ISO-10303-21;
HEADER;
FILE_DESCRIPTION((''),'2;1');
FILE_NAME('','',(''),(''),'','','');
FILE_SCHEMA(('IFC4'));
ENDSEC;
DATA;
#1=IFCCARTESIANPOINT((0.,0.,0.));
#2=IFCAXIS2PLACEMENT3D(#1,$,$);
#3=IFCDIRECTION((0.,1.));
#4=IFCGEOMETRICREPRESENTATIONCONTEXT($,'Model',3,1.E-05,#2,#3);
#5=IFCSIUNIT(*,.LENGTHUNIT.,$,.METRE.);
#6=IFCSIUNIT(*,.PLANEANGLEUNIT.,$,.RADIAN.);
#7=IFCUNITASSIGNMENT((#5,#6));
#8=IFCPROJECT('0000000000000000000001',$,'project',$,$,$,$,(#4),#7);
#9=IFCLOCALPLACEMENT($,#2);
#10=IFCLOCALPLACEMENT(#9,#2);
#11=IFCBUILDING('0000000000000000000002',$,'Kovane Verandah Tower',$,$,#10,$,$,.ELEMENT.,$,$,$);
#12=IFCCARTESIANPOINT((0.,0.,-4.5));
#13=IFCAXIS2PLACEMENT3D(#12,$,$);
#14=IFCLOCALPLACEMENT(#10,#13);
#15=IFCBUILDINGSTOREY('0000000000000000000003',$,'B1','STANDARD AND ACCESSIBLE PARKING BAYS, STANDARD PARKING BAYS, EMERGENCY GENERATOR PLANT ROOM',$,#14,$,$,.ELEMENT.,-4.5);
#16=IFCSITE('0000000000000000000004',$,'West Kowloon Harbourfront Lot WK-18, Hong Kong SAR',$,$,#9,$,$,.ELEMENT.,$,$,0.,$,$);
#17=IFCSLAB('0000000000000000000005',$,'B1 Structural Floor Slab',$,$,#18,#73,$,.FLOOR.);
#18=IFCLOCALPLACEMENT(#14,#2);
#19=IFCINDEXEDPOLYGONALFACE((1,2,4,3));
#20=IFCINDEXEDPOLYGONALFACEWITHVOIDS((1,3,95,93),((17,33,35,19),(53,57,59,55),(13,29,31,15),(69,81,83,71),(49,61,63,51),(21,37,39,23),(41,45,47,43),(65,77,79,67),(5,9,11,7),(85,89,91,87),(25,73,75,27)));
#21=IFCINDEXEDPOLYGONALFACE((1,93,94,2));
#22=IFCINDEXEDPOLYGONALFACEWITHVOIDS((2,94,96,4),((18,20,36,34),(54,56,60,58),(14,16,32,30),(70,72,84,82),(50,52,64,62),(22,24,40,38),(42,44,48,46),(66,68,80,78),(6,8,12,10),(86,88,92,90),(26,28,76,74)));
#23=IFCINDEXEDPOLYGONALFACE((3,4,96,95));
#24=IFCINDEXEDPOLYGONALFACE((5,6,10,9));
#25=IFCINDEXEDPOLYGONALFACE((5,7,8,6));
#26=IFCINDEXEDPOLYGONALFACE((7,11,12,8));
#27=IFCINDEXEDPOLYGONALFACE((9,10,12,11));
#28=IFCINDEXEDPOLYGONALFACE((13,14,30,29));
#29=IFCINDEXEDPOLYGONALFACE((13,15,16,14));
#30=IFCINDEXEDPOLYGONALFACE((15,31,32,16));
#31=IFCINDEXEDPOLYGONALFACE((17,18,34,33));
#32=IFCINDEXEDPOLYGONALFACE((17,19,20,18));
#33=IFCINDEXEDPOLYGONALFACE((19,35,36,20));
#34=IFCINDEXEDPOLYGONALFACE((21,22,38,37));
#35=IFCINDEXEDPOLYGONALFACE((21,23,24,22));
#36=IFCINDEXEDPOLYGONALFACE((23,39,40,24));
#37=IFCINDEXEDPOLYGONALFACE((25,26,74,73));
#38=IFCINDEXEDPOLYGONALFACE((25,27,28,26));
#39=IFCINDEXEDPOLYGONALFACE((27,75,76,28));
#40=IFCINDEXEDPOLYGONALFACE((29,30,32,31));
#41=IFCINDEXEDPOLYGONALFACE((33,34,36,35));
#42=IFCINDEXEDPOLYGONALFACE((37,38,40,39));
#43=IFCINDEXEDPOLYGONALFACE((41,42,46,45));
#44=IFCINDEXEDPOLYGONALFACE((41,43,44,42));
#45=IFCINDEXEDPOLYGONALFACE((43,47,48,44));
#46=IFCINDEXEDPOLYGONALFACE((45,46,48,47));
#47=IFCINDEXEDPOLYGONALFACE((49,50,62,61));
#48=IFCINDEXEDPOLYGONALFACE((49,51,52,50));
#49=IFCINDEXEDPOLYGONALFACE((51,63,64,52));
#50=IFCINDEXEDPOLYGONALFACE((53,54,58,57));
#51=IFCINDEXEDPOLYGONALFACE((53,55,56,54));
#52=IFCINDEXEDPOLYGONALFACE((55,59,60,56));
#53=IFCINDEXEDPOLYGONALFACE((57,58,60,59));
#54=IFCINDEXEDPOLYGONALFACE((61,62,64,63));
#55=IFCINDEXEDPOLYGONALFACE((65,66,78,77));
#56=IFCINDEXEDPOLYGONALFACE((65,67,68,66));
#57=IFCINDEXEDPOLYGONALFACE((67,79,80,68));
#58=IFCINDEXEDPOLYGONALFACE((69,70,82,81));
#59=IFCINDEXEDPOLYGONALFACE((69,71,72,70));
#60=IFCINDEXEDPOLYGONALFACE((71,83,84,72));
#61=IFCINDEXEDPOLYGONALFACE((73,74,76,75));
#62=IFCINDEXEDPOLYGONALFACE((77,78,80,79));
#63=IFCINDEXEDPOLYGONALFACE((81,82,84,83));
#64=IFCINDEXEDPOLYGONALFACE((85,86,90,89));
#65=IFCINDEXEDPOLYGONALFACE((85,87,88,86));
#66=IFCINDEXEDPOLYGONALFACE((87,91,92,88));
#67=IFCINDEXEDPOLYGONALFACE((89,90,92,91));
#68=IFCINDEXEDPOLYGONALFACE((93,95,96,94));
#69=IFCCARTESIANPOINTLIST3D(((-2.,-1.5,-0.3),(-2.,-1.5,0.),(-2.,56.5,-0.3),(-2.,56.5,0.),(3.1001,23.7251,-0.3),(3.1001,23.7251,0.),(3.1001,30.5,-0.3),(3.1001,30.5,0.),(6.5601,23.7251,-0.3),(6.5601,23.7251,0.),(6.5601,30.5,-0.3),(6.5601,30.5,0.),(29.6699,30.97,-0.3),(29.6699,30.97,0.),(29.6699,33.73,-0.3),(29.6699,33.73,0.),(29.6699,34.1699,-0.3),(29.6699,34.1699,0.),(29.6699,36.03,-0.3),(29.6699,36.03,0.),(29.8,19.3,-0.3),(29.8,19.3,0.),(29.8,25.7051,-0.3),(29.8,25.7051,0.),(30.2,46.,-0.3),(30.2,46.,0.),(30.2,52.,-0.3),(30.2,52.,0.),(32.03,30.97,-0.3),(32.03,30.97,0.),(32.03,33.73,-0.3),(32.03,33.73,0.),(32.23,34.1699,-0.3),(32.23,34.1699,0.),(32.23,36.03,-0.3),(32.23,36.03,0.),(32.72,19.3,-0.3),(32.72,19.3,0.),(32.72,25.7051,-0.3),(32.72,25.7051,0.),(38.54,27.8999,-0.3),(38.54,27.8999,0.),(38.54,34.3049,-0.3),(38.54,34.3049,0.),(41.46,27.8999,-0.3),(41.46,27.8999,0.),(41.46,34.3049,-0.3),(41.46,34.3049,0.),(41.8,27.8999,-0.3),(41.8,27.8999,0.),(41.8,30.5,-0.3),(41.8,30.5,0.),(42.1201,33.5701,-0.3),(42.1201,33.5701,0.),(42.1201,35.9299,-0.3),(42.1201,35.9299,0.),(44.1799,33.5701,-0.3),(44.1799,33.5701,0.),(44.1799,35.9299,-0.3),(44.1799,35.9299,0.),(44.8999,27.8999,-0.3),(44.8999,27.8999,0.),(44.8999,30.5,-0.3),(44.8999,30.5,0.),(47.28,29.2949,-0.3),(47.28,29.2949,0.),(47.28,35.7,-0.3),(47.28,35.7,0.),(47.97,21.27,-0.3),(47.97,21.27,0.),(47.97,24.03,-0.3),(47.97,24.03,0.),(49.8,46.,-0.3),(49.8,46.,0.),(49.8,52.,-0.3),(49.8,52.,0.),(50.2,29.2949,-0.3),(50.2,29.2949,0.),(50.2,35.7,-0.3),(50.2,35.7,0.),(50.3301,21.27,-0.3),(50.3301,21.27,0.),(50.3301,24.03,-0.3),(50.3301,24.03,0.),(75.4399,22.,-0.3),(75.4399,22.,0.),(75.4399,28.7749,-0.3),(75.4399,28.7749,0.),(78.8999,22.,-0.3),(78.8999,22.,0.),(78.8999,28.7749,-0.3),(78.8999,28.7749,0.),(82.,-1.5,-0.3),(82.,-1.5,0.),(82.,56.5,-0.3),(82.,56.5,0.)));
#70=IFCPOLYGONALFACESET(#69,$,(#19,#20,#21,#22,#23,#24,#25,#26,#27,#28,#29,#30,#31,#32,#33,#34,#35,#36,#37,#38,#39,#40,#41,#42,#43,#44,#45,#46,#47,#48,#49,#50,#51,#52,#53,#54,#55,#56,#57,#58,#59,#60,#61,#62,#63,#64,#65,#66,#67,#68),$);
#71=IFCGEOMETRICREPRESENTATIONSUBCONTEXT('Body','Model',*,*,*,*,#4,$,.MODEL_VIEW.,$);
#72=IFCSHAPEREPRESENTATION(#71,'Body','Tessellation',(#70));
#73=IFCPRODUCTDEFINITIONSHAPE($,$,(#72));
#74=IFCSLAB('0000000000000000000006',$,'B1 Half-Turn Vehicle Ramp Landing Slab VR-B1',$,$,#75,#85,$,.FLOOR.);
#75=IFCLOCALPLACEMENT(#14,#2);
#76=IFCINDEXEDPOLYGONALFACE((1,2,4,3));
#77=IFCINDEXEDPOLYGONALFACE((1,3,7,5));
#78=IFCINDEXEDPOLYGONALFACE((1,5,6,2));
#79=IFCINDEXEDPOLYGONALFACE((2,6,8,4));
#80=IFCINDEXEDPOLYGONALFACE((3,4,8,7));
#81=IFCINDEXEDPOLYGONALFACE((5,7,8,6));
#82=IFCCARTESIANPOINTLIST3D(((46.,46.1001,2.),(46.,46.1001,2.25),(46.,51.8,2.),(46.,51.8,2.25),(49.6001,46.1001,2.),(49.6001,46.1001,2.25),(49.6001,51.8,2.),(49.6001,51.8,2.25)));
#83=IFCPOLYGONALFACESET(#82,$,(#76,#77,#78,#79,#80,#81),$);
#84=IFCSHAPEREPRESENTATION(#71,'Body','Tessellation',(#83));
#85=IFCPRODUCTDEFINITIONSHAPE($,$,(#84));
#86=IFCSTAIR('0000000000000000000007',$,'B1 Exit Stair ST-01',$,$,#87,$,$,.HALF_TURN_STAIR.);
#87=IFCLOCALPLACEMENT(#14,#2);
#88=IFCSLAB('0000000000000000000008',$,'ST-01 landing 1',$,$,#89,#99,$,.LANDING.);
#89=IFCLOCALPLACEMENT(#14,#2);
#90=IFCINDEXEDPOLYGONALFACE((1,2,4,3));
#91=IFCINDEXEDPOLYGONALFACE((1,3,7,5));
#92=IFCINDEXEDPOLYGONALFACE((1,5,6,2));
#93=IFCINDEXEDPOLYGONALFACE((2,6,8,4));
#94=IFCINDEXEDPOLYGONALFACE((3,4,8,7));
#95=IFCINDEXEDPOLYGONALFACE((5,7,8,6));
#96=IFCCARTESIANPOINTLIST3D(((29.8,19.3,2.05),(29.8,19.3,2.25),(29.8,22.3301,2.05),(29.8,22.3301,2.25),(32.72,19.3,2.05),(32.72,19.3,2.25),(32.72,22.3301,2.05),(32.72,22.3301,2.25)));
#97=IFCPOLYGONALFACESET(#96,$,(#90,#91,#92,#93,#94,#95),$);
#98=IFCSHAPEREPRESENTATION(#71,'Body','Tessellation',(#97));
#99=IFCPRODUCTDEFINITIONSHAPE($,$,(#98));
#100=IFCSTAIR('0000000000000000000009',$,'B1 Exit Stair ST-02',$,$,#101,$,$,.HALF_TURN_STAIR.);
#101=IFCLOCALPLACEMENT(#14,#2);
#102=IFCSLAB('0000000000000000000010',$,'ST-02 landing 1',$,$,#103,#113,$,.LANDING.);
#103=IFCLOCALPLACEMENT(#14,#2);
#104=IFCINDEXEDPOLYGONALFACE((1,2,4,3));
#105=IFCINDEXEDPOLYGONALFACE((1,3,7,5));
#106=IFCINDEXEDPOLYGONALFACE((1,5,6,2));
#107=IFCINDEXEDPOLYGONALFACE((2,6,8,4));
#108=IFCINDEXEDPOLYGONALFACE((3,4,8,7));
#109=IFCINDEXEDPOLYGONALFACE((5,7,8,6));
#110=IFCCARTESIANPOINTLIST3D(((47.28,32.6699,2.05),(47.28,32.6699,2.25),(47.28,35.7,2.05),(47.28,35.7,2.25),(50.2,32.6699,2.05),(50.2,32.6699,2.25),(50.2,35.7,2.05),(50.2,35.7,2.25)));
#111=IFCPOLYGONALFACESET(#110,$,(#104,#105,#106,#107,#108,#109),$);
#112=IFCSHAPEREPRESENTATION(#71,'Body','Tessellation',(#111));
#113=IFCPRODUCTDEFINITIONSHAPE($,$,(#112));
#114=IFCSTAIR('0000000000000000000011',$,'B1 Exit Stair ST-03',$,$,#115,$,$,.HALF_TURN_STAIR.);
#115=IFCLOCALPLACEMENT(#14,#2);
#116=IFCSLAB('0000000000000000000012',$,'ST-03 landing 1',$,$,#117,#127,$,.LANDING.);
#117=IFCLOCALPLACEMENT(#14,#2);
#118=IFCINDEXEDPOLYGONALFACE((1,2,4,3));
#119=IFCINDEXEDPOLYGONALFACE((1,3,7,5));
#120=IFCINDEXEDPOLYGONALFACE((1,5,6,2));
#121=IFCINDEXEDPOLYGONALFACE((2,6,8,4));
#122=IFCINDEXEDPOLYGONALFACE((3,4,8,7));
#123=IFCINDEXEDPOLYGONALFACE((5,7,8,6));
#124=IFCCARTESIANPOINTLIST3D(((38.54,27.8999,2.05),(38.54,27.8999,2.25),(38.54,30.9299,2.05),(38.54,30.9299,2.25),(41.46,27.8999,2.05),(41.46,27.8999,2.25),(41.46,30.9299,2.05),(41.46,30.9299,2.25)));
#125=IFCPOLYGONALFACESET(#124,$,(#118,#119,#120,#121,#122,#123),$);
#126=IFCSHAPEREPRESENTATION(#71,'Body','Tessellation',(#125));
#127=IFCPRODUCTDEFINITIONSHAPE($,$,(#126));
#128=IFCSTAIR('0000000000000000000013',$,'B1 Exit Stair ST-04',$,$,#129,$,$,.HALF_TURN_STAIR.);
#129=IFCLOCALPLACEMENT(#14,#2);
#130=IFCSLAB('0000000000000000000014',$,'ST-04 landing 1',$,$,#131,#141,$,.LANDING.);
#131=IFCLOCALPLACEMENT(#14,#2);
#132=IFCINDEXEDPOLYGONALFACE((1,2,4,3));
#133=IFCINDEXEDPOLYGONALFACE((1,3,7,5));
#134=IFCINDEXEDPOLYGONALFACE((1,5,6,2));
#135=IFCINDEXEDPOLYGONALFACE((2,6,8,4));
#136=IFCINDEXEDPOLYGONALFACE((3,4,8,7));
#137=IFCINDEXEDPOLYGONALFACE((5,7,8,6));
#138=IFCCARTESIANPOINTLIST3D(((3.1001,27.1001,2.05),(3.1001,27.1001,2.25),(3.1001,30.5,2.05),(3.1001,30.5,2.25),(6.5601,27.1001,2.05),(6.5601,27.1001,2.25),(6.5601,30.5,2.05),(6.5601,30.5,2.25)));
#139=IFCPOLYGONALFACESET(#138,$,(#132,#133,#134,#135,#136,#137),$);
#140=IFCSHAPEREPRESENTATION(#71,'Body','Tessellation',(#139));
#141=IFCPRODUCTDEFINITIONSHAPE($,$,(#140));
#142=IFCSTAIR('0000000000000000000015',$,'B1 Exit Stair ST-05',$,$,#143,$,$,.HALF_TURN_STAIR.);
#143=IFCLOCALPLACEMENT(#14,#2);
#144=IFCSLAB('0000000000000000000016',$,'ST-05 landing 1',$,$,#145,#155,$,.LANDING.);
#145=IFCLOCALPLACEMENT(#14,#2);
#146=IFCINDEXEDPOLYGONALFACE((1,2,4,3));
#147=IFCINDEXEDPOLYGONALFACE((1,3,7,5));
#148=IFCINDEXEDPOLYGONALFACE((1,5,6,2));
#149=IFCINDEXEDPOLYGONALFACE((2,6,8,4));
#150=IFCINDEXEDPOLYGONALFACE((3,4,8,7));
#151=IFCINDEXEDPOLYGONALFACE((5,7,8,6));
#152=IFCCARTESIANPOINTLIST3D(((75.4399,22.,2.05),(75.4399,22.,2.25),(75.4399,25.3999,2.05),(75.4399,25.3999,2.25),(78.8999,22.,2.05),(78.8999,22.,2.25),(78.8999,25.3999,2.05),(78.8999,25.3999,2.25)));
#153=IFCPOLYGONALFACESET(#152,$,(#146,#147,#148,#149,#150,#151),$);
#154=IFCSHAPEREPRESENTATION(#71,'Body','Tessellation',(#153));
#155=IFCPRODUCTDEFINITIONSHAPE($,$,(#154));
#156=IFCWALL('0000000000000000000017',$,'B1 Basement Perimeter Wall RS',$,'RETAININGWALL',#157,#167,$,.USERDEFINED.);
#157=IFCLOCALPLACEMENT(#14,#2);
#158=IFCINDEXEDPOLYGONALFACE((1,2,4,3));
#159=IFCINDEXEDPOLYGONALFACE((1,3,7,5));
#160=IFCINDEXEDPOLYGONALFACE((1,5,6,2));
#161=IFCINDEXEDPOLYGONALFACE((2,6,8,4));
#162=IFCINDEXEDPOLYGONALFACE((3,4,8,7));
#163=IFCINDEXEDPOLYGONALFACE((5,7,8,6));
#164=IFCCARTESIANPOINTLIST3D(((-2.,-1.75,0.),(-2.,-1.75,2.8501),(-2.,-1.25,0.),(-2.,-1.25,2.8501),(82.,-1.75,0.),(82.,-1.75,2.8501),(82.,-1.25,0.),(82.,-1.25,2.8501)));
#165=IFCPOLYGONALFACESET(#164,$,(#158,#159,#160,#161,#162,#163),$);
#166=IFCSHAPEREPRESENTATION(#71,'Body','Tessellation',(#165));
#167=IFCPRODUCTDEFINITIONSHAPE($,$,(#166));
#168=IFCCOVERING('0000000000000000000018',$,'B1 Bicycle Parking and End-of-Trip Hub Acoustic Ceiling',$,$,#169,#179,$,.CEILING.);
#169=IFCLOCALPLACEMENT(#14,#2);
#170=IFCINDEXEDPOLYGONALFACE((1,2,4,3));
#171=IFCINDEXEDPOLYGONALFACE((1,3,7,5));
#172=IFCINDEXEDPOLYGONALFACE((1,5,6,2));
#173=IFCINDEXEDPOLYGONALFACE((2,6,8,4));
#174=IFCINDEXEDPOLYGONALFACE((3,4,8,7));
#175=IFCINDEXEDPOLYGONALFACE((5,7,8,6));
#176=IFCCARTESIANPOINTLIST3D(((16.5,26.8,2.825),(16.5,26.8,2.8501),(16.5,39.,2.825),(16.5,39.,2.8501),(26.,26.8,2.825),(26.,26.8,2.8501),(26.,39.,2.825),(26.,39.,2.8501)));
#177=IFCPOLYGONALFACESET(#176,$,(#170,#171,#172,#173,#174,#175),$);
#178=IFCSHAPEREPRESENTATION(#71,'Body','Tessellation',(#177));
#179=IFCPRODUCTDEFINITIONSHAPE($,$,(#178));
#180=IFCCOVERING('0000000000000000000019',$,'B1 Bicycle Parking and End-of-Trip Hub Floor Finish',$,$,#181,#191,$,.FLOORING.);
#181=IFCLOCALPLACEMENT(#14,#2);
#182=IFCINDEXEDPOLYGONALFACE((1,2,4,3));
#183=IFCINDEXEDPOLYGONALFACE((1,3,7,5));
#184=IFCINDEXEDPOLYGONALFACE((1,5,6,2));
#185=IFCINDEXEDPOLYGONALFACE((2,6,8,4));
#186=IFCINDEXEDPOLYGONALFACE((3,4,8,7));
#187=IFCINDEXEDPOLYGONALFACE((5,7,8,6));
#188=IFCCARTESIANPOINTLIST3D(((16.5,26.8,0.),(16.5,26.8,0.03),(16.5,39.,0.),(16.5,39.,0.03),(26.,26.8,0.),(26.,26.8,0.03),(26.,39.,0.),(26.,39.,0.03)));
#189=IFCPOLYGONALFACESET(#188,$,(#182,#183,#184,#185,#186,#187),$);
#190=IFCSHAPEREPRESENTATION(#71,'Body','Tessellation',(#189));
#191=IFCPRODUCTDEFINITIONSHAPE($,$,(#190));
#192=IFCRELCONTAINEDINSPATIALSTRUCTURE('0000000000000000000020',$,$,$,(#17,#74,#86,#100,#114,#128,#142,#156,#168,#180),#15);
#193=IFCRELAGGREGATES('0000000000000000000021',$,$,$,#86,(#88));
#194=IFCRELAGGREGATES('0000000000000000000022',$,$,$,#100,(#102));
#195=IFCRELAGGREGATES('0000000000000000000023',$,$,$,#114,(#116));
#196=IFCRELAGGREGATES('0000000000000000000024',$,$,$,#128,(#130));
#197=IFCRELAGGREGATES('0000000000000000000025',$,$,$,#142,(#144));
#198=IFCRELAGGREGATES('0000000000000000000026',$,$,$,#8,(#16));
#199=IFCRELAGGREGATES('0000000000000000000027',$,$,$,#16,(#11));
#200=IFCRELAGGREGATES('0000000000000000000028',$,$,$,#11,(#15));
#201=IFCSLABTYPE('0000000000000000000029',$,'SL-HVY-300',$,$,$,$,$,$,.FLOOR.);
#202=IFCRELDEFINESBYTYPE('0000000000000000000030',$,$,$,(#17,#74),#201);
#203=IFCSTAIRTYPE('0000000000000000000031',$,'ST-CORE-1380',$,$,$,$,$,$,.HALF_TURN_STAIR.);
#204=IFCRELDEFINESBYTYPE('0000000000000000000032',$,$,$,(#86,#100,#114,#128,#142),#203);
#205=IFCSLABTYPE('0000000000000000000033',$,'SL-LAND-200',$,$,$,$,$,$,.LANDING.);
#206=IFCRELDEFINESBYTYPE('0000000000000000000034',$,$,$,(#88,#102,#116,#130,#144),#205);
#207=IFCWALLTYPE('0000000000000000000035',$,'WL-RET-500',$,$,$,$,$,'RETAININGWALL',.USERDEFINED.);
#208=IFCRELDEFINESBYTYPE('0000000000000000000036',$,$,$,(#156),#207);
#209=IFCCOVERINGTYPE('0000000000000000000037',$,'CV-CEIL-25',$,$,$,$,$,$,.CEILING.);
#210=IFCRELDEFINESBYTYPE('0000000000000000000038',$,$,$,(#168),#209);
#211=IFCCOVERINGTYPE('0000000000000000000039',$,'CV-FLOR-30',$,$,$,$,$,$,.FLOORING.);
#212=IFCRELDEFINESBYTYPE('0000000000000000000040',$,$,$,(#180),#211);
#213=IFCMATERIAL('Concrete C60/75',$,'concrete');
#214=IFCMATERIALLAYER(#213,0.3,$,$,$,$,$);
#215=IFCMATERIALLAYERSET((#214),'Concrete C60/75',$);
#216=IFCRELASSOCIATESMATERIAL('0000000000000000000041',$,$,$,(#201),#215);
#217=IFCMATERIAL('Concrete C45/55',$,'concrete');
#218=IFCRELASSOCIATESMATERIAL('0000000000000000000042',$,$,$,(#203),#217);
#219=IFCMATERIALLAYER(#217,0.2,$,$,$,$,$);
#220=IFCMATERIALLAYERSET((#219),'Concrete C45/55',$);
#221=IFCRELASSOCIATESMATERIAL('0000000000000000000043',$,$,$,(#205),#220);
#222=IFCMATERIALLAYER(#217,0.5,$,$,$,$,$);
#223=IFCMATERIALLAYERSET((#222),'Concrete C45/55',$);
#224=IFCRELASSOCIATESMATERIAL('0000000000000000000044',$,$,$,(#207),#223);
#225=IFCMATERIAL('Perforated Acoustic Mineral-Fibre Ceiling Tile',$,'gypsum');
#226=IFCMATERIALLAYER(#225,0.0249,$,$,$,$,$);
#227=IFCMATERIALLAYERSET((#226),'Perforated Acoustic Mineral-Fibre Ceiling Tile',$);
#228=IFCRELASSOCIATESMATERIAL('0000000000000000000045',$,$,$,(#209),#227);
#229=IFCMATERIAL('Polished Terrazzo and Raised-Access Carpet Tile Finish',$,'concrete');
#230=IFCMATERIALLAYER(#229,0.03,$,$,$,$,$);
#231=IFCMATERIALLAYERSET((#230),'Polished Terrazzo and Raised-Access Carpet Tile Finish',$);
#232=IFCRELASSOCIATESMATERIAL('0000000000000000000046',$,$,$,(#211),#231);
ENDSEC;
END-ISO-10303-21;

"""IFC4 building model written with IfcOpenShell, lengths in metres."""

from ifc_helpers import new_model, si_unit, direction, frame, frame_2d, origin, place, context, subcontext, project, spatial, polyline, rectangle, outline, extrude, material, layer, layer_set, type_object, element, aggregate, save


model = new_model("IFC4")

# Units and contexts
model_context = context("Model", 3, precision=1e-05, world=origin(), true_north=direction((0.0, 1.0)))
body_context = subcontext(model_context, "Body", "Model", "MODEL_VIEW")
ifc_project = project(units=[si_unit("LENGTHUNIT", "METRE"), si_unit("PLANEANGLEUNIT", "RADIAN")], contexts=[model_context])

# Site, building, storey
site_placement = place(None, origin())
site = spatial("IfcSite", under=ifc_project, at=site_placement, Name="West Kowloon Harbourfront Lot WK-18, Hong Kong SAR", CompositionType="ELEMENT", RefElevation=0.0)
building_placement = place(site_placement, origin())
building = spatial("IfcBuilding", under=site, at=building_placement, Name="Kovane Verandah Tower", CompositionType="ELEMENT")
storey_placement = place(building_placement, frame((0.0, 0.0, -4.5)))
storey = spatial("IfcBuildingStorey", under=building, at=storey_placement, Name="B1", Description="STANDARD AND ACCESSIBLE PARKING BAYS, STANDARD PARKING BAYS, EMERGENCY GENERATOR PLANT ROOM", CompositionType="ELEMENT", Elevation=-4.5)

# Shared definitions
ifc_material_1 = material(Name="Concrete C60/75", Category="concrete")

# Shared definitions
ifc_material_2 = material(Name="Concrete C45/55", Category="concrete")

# Slabs
ifc_layer_1 = layer(ifc_material_1, 0.3)
ifc_layer_set_1 = layer_set([ifc_layer_1], Name="Concrete C60/75")
slab_type_1 = type_object("IfcSlabType", Name="SL-HVY-300", PredefinedType="FLOOR", material=ifc_layer_set_1)
slab_1_placement = place(storey_placement, frame((0.0, 0.0, -0.3)))
element("IfcSlab", 1, at=slab_1_placement, inside=storey, type_object=slab_type_1, Name="B1 Structural Floor Slab", PredefinedType="FLOOR", context=body_context, shape_type="SweptSolid", body=[
    extrude(outline(polyline([(-2.0, -1.5), (82.0, -1.5), (82.0, 56.5), (-2.0, 56.5), (-2.0, -1.5)]), holes=[polyline([(29.8, 19.3), (32.72, 19.3), (32.72, 25.7051), (29.8, 25.7051), (29.8, 19.3)]), polyline([(47.28, 29.2949), (50.2, 29.2949), (50.2, 35.7), (47.28, 35.7), (47.28, 29.2949)]), polyline([(38.54, 27.8999), (41.46, 27.8999), (41.46, 34.3049), (38.54, 34.3049), (38.54, 27.8999)]), polyline([(3.1001, 23.7251), (6.5601, 23.7251), (6.5601, 30.5), (3.1001, 30.5), (3.1001, 23.7251)]), polyline([(75.4399, 22.0), (78.8999, 22.0), (78.8999, 28.7749), (75.4399, 28.7749), (75.4399, 22.0)]), polyline([(29.6699, 30.97), (32.03, 30.97), (32.03, 33.73), (29.6699, 33.73), (29.6699, 30.97)]), polyline([(47.97, 21.27), (50.3301, 21.27), (50.3301, 24.03), (47.97, 24.03), (47.97, 21.27)]), polyline([(29.6699, 34.1699), (32.23, 34.1699), (32.23, 36.03), (29.6699, 36.03), (29.6699, 34.1699)]), polyline([(42.1201, 33.5701), (44.1799, 33.5701), (44.1799, 35.9299), (42.1201, 35.9299), (42.1201, 33.5701)]), polyline([(30.2, 46.0), (49.8, 46.0), (49.8, 52.0), (30.2, 52.0), (30.2, 46.0)]), polyline([(41.8, 27.8999), (44.8999, 27.8999), (44.8999, 30.5), (41.8, 30.5), (41.8, 27.8999)])]), origin(), (0.0, 0.0, 1.0), 0.3),
])
slab_2_placement = place(storey_placement, frame((0.0, 0.0, 2.0)))
element("IfcSlab", 2, at=slab_2_placement, inside=storey, type_object=slab_type_1, Name="B1 Half-Turn Vehicle Ramp Landing Slab VR-B1", PredefinedType="FLOOR", context=body_context, shape_type="SweptSolid", body=[
    extrude(outline(polyline([(46.0, 46.1001), (49.6001, 46.1001), (49.6001, 51.8), (46.0, 51.8), (46.0, 46.1001)])), origin(), (0.0, 0.0, 1.0), 0.25),
])

# Stairs, slabs
stair_type = type_object("IfcStairType", Name="ST-CORE-1380", PredefinedType="HALF_TURN_STAIR", material=ifc_material_2)
stair_1_placement = place(storey_placement, origin())
stair_1 = element("IfcStair", 3, at=stair_1_placement, inside=storey, type_object=stair_type, Name="B1 Exit Stair ST-01", PredefinedType="HALF_TURN_STAIR")
ifc_layer_2 = layer(ifc_material_2, 0.2)
ifc_layer_set_2 = layer_set([ifc_layer_2], Name="Concrete C45/55")
slab_type_2 = type_object("IfcSlabType", Name="SL-LAND-200", PredefinedType="LANDING", material=ifc_layer_set_2)
slab_3_placement = place(storey_placement, frame((0.0, 0.0, 2.05)))
slab_3 = element("IfcSlab", 4, at=slab_3_placement, type_object=slab_type_2, Name="ST-01 landing 1", PredefinedType="LANDING", context=body_context, shape_type="SweptSolid", body=[
    extrude(outline(polyline([(29.8, 22.3301), (29.8, 19.3), (32.72, 19.3), (32.72, 22.3301), (29.8, 22.3301)])), origin(), (0.0, 0.0, 1.0), 0.2),
])
aggregate(stair_1, [slab_3])
stair_2_placement = place(storey_placement, origin())
stair_2 = element("IfcStair", 5, at=stair_2_placement, inside=storey, type_object=stair_type, Name="B1 Exit Stair ST-02", PredefinedType="HALF_TURN_STAIR")
slab_4_placement = place(storey_placement, frame((0.0, 0.0, 2.05)))
slab_4 = element("IfcSlab", 6, at=slab_4_placement, type_object=slab_type_2, Name="ST-02 landing 1", PredefinedType="LANDING", context=body_context, shape_type="SweptSolid", body=[
    extrude(outline(polyline([(50.2, 32.6699), (50.2, 35.7), (47.28, 35.7), (47.28, 32.6699), (50.2, 32.6699)])), origin(), (0.0, 0.0, 1.0), 0.2),
])
aggregate(stair_2, [slab_4])
stair_3_placement = place(storey_placement, origin())
stair_3 = element("IfcStair", 7, at=stair_3_placement, inside=storey, type_object=stair_type, Name="B1 Exit Stair ST-03", PredefinedType="HALF_TURN_STAIR")
slab_5_placement = place(storey_placement, frame((0.0, 0.0, 2.05)))
slab_5 = element("IfcSlab", 8, at=slab_5_placement, type_object=slab_type_2, Name="ST-03 landing 1", PredefinedType="LANDING", context=body_context, shape_type="SweptSolid", body=[
    extrude(outline(polyline([(38.54, 30.9299), (38.54, 27.8999), (41.46, 27.8999), (41.46, 30.9299), (38.54, 30.9299)])), origin(), (0.0, 0.0, 1.0), 0.2),
])
aggregate(stair_3, [slab_5])
stair_4_placement = place(storey_placement, origin())
stair_4 = element("IfcStair", 9, at=stair_4_placement, inside=storey, type_object=stair_type, Name="B1 Exit Stair ST-04", PredefinedType="HALF_TURN_STAIR")
slab_6_placement = place(storey_placement, frame((0.0, 0.0, 2.05)))
slab_6 = element("IfcSlab", 10, at=slab_6_placement, type_object=slab_type_2, Name="ST-04 landing 1", PredefinedType="LANDING", context=body_context, shape_type="SweptSolid", body=[
    extrude(outline(polyline([(6.5601, 27.1001), (6.5601, 30.5), (3.1001, 30.5), (3.1001, 27.1001), (6.5601, 27.1001)])), origin(), (0.0, 0.0, 1.0), 0.2),
])
aggregate(stair_4, [slab_6])
stair_5_placement = place(storey_placement, origin())
stair_5 = element("IfcStair", 11, at=stair_5_placement, inside=storey, type_object=stair_type, Name="B1 Exit Stair ST-05", PredefinedType="HALF_TURN_STAIR")
slab_7_placement = place(storey_placement, frame((0.0, 0.0, 2.05)))
slab_7 = element("IfcSlab", 12, at=slab_7_placement, type_object=slab_type_2, Name="ST-05 landing 1", PredefinedType="LANDING", context=body_context, shape_type="SweptSolid", body=[
    extrude(outline(polyline([(75.4399, 25.3999), (75.4399, 22.0), (78.8999, 22.0), (78.8999, 25.3999), (75.4399, 25.3999)])), origin(), (0.0, 0.0, 1.0), 0.2),
])
aggregate(stair_5, [slab_7])

# Wall
ifc_layer_3 = layer(ifc_material_2, 0.5)
ifc_layer_set_3 = layer_set([ifc_layer_3], Name="Concrete C45/55")
wall_type = type_object("IfcWallType", Name="WL-RET-500", ElementType="RETAININGWALL", PredefinedType="USERDEFINED", material=ifc_layer_set_3)
wall_placement = place(storey_placement, frame((-2.0, -1.5, 0.0), z_axis=(0.0, 0.0, 1.0), x_axis=(1.0, 0.0, 0.0)))
element("IfcWall", 13, at=wall_placement, inside=storey, type_object=wall_type, Name="B1 Basement Perimeter Wall RS", ObjectType="RETAININGWALL", PredefinedType="USERDEFINED", context=body_context, shape_type="SweptSolid", body=[
    extrude(rectangle(XDim=84.0, YDim=0.5, at=frame_2d((42.0, 0.0))), origin(), (0.0, 0.0, 1.0), 2.8501),
])

# Coverings
ifc_material_3 = material(Name="Perforated Acoustic Mineral-Fibre Ceiling Tile", Category="gypsum")
ifc_layer_4 = layer(ifc_material_3, 0.0249)
ifc_layer_set_4 = layer_set([ifc_layer_4], Name="Perforated Acoustic Mineral-Fibre Ceiling Tile")
covering_type_1 = type_object("IfcCoveringType", Name="CV-CEIL-25", PredefinedType="CEILING", material=ifc_layer_set_4)
covering_1_placement = place(storey_placement, frame((0.0, 0.0, 2.825)))
element("IfcCovering", 14, at=covering_1_placement, inside=storey, type_object=covering_type_1, Name="B1 Bicycle Parking and End-of-Trip Hub Acoustic Ceiling", PredefinedType="CEILING", context=body_context, shape_type="SweptSolid", body=[
    extrude(outline(polyline([(16.5, 26.8), (26.0, 26.8), (26.0, 39.0), (16.5, 39.0), (16.5, 26.8)])), origin(), (0.0, 0.0, 1.0), 0.0251),
])
ifc_material_4 = material(Name="Polished Terrazzo and Raised-Access Carpet Tile Finish", Category="concrete")
ifc_layer_5 = layer(ifc_material_4, 0.03)
ifc_layer_set_5 = layer_set([ifc_layer_5], Name="Polished Terrazzo and Raised-Access Carpet Tile Finish")
covering_type_2 = type_object("IfcCoveringType", Name="CV-FLOR-30", PredefinedType="FLOORING", material=ifc_layer_set_5)
covering_2_placement = place(storey_placement, origin())
element("IfcCovering", 15, at=covering_2_placement, inside=storey, type_object=covering_type_2, Name="B1 Bicycle Parking and End-of-Trip Hub Floor Finish", PredefinedType="FLOORING", context=body_context, shape_type="SweptSolid", body=[
    extrude(outline(polyline([(16.5, 26.8), (26.0, 26.8), (26.0, 39.0), (16.5, 39.0), (16.5, 26.8)])), origin(), (0.0, 0.0, 1.0), 0.03),
])

save(model, "model.ifc")
